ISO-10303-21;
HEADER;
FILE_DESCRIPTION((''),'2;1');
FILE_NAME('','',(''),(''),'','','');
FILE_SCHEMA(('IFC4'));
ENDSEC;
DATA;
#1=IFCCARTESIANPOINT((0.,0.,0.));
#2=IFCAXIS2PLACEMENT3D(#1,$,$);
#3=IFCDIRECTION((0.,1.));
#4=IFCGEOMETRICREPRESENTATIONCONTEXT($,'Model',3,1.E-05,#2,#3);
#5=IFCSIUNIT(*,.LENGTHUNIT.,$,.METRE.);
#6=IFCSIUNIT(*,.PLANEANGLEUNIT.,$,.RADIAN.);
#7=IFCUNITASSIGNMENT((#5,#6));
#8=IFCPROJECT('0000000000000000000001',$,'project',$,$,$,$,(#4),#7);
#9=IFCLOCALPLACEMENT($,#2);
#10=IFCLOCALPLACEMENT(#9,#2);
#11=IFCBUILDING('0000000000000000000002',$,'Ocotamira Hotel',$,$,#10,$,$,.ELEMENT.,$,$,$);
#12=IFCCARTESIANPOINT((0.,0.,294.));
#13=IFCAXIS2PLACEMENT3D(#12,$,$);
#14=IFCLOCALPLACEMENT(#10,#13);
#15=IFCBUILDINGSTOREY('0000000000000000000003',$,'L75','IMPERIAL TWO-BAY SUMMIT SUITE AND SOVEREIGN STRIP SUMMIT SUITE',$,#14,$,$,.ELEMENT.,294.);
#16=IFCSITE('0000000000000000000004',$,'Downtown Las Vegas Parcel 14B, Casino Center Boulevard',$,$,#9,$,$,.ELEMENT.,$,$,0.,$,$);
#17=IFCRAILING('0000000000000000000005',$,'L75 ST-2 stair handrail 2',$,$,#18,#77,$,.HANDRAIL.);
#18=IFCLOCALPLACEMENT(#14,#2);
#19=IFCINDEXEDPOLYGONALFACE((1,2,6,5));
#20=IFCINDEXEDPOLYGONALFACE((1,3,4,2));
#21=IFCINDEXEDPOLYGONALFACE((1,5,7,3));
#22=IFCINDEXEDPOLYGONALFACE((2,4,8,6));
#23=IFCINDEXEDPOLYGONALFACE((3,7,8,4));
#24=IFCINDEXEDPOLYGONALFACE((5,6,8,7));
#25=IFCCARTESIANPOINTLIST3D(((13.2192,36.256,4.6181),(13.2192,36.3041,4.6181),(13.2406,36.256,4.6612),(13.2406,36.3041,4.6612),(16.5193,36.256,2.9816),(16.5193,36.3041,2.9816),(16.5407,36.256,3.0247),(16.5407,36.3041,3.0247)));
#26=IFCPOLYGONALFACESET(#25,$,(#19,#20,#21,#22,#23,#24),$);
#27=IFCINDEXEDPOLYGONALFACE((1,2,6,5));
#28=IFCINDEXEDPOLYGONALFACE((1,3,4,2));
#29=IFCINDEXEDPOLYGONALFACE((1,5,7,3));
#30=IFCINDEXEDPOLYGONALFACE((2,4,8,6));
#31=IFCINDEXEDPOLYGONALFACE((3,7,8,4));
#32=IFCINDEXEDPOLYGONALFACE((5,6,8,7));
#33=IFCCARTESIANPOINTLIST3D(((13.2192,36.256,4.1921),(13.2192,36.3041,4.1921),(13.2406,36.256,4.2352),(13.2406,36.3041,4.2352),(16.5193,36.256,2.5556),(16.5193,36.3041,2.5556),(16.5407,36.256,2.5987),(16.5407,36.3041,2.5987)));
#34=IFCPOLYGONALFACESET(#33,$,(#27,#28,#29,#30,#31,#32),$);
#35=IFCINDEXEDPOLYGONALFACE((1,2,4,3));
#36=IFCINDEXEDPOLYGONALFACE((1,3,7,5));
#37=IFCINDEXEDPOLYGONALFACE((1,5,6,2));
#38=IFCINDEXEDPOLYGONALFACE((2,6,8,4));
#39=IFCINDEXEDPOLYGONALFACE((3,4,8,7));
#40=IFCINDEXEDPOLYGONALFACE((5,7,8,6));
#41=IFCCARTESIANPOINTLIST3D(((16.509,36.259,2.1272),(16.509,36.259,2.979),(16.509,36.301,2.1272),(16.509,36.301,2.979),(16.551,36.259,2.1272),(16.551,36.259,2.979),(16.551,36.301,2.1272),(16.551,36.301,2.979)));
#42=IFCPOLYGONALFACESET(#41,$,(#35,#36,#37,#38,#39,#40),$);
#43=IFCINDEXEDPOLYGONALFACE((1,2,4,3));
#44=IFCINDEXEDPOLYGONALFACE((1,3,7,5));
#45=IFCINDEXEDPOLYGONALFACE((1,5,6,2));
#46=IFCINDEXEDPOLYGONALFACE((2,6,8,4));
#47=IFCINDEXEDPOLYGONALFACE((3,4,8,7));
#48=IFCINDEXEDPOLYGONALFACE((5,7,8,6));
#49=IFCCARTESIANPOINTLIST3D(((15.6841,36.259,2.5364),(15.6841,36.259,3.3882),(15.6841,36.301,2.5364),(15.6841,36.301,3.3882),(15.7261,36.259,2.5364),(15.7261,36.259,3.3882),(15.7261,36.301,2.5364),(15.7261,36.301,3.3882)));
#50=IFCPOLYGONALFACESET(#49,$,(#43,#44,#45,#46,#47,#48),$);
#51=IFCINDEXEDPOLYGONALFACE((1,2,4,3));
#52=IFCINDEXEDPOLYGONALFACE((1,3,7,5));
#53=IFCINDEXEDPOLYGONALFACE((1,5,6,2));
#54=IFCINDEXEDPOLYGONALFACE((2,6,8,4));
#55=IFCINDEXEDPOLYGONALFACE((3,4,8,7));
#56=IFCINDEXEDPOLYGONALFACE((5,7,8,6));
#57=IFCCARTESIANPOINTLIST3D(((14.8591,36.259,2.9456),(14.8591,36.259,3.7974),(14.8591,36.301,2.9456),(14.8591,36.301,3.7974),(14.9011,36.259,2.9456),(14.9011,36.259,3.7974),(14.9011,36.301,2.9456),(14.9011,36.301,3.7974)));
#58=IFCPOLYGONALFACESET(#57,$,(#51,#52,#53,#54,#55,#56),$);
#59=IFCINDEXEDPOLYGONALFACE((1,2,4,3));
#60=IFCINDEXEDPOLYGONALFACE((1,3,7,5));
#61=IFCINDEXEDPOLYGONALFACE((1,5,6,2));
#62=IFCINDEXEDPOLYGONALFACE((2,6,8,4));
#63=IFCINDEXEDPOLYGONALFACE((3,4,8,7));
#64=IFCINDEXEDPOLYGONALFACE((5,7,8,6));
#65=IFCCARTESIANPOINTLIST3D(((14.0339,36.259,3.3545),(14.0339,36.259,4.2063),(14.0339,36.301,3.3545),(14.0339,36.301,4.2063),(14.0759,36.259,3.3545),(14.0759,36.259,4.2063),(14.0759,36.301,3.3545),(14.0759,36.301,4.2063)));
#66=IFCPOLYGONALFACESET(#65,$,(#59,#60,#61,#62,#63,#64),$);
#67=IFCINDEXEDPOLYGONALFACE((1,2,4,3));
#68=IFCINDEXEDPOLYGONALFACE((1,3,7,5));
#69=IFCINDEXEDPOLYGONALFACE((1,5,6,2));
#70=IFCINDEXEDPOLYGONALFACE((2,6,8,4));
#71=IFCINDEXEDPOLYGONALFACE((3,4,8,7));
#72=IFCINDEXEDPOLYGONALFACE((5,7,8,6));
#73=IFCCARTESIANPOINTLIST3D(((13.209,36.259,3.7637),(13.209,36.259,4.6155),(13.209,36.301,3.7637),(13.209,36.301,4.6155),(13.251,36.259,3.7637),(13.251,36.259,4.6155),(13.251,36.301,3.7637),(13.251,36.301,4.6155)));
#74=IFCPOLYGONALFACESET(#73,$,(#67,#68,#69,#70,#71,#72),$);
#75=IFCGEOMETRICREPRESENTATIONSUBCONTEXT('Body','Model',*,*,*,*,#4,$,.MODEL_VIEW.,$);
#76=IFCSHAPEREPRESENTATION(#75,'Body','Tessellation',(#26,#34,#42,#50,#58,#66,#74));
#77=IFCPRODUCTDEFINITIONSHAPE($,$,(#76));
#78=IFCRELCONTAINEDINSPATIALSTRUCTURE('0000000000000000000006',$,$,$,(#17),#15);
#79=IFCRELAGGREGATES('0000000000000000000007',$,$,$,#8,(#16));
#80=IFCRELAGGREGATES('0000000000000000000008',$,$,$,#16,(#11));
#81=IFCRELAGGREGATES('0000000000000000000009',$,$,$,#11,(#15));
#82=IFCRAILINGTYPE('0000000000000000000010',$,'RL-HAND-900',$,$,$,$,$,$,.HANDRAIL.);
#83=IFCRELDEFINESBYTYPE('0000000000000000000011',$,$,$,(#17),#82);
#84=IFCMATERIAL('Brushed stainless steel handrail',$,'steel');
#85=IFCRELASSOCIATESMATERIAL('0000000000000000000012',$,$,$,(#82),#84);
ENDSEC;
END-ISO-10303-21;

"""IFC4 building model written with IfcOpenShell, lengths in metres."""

from ifc_helpers import new_model, si_unit, direction, frame, origin, origin_2d, place, context, subcontext, project, spatial, rectangle, extrude, material, type_object, element, save


model = new_model("IFC4")

# Units and contexts
model_context = context("Model", 3, precision=1e-05, world=origin(), true_north=direction((0.0, 1.0)))
body_context = subcontext(model_context, "Body", "Model", "MODEL_VIEW")
ifc_project = project(units=[si_unit("LENGTHUNIT", "METRE"), si_unit("PLANEANGLEUNIT", "RADIAN")], contexts=[model_context])

# Site, building, storey
site_placement = place(None, origin())
site = spatial("IfcSite", under=ifc_project, at=site_placement, Name="Downtown Las Vegas Parcel 14B, Casino Center Boulevard", CompositionType="ELEMENT", RefElevation=0.0)
building_placement = place(site_placement, origin())
building = spatial("IfcBuilding", under=site, at=building_placement, Name="Ocotamira Hotel", CompositionType="ELEMENT")
storey_placement = place(building_placement, frame((0.0, 0.0, 294.0)))
storey = spatial("IfcBuildingStorey", under=building, at=storey_placement, Name="L75", Description="IMPERIAL TWO-BAY SUMMIT SUITE AND SOVEREIGN STRIP SUMMIT SUITE", CompositionType="ELEMENT", Elevation=294.0)

# Railing
ifc_material_1 = material(Name="Brushed stainless steel handrail", Category="steel")
railing_type = type_object("IfcRailingType", Name="RL-HAND-900", PredefinedType="HANDRAIL", material=ifc_material_1)
railing_placement = place(storey_placement, frame((16.53, 36.28, 2.1272)))
element("IfcRailing", 1, at=railing_placement, inside=storey, type_object=railing_type, Name="L75 ST-2 stair handrail 2", PredefinedType="HANDRAIL", context=body_context, shape_type="SweptSolid", body=[
    extrude(rectangle(XDim=0.0481, YDim=0.0481, at=origin_2d()), frame((0.0, 0.0, 0.876), z_axis=(-0.895894, 0.0, 0.444268), x_axis=(0.0, -1.0, 0.0)), (0.0, 0.0, 1.0), 3.6836),
    extrude(rectangle(XDim=0.0481, YDim=0.0481, at=origin_2d()), frame((0.0, 0.0, 0.45), z_axis=(-0.895894, 0.0, 0.444268), x_axis=(0.0, -1.0, 0.0)), (0.0, 0.0, 1.0), 3.6836),
    extrude(rectangle(XDim=0.042, YDim=0.042, at=origin_2d()), origin(), (0.0, 0.0, 1.0), 0.8518),
    extrude(rectangle(XDim=0.042, YDim=0.042, at=origin_2d()), frame((-0.825, 0.0, 0.4092)), (0.0, 0.0, 1.0), 0.8518),
    extrude(rectangle(XDim=0.042, YDim=0.042, at=origin_2d()), frame((-1.6499, 0.0, 0.8184)), (0.0, 0.0, 1.0), 0.8518),
    extrude(rectangle(XDim=0.042, YDim=0.042, at=origin_2d()), frame((-2.4751, 0.0, 1.2273)), (0.0, 0.0, 1.0), 0.8518),
    extrude(rectangle(XDim=0.042, YDim=0.042, at=origin_2d()), frame((-3.3, 0.0, 1.6365)), (0.0, 0.0, 1.0), 0.8518),
])

save(model, "model.ifc")
